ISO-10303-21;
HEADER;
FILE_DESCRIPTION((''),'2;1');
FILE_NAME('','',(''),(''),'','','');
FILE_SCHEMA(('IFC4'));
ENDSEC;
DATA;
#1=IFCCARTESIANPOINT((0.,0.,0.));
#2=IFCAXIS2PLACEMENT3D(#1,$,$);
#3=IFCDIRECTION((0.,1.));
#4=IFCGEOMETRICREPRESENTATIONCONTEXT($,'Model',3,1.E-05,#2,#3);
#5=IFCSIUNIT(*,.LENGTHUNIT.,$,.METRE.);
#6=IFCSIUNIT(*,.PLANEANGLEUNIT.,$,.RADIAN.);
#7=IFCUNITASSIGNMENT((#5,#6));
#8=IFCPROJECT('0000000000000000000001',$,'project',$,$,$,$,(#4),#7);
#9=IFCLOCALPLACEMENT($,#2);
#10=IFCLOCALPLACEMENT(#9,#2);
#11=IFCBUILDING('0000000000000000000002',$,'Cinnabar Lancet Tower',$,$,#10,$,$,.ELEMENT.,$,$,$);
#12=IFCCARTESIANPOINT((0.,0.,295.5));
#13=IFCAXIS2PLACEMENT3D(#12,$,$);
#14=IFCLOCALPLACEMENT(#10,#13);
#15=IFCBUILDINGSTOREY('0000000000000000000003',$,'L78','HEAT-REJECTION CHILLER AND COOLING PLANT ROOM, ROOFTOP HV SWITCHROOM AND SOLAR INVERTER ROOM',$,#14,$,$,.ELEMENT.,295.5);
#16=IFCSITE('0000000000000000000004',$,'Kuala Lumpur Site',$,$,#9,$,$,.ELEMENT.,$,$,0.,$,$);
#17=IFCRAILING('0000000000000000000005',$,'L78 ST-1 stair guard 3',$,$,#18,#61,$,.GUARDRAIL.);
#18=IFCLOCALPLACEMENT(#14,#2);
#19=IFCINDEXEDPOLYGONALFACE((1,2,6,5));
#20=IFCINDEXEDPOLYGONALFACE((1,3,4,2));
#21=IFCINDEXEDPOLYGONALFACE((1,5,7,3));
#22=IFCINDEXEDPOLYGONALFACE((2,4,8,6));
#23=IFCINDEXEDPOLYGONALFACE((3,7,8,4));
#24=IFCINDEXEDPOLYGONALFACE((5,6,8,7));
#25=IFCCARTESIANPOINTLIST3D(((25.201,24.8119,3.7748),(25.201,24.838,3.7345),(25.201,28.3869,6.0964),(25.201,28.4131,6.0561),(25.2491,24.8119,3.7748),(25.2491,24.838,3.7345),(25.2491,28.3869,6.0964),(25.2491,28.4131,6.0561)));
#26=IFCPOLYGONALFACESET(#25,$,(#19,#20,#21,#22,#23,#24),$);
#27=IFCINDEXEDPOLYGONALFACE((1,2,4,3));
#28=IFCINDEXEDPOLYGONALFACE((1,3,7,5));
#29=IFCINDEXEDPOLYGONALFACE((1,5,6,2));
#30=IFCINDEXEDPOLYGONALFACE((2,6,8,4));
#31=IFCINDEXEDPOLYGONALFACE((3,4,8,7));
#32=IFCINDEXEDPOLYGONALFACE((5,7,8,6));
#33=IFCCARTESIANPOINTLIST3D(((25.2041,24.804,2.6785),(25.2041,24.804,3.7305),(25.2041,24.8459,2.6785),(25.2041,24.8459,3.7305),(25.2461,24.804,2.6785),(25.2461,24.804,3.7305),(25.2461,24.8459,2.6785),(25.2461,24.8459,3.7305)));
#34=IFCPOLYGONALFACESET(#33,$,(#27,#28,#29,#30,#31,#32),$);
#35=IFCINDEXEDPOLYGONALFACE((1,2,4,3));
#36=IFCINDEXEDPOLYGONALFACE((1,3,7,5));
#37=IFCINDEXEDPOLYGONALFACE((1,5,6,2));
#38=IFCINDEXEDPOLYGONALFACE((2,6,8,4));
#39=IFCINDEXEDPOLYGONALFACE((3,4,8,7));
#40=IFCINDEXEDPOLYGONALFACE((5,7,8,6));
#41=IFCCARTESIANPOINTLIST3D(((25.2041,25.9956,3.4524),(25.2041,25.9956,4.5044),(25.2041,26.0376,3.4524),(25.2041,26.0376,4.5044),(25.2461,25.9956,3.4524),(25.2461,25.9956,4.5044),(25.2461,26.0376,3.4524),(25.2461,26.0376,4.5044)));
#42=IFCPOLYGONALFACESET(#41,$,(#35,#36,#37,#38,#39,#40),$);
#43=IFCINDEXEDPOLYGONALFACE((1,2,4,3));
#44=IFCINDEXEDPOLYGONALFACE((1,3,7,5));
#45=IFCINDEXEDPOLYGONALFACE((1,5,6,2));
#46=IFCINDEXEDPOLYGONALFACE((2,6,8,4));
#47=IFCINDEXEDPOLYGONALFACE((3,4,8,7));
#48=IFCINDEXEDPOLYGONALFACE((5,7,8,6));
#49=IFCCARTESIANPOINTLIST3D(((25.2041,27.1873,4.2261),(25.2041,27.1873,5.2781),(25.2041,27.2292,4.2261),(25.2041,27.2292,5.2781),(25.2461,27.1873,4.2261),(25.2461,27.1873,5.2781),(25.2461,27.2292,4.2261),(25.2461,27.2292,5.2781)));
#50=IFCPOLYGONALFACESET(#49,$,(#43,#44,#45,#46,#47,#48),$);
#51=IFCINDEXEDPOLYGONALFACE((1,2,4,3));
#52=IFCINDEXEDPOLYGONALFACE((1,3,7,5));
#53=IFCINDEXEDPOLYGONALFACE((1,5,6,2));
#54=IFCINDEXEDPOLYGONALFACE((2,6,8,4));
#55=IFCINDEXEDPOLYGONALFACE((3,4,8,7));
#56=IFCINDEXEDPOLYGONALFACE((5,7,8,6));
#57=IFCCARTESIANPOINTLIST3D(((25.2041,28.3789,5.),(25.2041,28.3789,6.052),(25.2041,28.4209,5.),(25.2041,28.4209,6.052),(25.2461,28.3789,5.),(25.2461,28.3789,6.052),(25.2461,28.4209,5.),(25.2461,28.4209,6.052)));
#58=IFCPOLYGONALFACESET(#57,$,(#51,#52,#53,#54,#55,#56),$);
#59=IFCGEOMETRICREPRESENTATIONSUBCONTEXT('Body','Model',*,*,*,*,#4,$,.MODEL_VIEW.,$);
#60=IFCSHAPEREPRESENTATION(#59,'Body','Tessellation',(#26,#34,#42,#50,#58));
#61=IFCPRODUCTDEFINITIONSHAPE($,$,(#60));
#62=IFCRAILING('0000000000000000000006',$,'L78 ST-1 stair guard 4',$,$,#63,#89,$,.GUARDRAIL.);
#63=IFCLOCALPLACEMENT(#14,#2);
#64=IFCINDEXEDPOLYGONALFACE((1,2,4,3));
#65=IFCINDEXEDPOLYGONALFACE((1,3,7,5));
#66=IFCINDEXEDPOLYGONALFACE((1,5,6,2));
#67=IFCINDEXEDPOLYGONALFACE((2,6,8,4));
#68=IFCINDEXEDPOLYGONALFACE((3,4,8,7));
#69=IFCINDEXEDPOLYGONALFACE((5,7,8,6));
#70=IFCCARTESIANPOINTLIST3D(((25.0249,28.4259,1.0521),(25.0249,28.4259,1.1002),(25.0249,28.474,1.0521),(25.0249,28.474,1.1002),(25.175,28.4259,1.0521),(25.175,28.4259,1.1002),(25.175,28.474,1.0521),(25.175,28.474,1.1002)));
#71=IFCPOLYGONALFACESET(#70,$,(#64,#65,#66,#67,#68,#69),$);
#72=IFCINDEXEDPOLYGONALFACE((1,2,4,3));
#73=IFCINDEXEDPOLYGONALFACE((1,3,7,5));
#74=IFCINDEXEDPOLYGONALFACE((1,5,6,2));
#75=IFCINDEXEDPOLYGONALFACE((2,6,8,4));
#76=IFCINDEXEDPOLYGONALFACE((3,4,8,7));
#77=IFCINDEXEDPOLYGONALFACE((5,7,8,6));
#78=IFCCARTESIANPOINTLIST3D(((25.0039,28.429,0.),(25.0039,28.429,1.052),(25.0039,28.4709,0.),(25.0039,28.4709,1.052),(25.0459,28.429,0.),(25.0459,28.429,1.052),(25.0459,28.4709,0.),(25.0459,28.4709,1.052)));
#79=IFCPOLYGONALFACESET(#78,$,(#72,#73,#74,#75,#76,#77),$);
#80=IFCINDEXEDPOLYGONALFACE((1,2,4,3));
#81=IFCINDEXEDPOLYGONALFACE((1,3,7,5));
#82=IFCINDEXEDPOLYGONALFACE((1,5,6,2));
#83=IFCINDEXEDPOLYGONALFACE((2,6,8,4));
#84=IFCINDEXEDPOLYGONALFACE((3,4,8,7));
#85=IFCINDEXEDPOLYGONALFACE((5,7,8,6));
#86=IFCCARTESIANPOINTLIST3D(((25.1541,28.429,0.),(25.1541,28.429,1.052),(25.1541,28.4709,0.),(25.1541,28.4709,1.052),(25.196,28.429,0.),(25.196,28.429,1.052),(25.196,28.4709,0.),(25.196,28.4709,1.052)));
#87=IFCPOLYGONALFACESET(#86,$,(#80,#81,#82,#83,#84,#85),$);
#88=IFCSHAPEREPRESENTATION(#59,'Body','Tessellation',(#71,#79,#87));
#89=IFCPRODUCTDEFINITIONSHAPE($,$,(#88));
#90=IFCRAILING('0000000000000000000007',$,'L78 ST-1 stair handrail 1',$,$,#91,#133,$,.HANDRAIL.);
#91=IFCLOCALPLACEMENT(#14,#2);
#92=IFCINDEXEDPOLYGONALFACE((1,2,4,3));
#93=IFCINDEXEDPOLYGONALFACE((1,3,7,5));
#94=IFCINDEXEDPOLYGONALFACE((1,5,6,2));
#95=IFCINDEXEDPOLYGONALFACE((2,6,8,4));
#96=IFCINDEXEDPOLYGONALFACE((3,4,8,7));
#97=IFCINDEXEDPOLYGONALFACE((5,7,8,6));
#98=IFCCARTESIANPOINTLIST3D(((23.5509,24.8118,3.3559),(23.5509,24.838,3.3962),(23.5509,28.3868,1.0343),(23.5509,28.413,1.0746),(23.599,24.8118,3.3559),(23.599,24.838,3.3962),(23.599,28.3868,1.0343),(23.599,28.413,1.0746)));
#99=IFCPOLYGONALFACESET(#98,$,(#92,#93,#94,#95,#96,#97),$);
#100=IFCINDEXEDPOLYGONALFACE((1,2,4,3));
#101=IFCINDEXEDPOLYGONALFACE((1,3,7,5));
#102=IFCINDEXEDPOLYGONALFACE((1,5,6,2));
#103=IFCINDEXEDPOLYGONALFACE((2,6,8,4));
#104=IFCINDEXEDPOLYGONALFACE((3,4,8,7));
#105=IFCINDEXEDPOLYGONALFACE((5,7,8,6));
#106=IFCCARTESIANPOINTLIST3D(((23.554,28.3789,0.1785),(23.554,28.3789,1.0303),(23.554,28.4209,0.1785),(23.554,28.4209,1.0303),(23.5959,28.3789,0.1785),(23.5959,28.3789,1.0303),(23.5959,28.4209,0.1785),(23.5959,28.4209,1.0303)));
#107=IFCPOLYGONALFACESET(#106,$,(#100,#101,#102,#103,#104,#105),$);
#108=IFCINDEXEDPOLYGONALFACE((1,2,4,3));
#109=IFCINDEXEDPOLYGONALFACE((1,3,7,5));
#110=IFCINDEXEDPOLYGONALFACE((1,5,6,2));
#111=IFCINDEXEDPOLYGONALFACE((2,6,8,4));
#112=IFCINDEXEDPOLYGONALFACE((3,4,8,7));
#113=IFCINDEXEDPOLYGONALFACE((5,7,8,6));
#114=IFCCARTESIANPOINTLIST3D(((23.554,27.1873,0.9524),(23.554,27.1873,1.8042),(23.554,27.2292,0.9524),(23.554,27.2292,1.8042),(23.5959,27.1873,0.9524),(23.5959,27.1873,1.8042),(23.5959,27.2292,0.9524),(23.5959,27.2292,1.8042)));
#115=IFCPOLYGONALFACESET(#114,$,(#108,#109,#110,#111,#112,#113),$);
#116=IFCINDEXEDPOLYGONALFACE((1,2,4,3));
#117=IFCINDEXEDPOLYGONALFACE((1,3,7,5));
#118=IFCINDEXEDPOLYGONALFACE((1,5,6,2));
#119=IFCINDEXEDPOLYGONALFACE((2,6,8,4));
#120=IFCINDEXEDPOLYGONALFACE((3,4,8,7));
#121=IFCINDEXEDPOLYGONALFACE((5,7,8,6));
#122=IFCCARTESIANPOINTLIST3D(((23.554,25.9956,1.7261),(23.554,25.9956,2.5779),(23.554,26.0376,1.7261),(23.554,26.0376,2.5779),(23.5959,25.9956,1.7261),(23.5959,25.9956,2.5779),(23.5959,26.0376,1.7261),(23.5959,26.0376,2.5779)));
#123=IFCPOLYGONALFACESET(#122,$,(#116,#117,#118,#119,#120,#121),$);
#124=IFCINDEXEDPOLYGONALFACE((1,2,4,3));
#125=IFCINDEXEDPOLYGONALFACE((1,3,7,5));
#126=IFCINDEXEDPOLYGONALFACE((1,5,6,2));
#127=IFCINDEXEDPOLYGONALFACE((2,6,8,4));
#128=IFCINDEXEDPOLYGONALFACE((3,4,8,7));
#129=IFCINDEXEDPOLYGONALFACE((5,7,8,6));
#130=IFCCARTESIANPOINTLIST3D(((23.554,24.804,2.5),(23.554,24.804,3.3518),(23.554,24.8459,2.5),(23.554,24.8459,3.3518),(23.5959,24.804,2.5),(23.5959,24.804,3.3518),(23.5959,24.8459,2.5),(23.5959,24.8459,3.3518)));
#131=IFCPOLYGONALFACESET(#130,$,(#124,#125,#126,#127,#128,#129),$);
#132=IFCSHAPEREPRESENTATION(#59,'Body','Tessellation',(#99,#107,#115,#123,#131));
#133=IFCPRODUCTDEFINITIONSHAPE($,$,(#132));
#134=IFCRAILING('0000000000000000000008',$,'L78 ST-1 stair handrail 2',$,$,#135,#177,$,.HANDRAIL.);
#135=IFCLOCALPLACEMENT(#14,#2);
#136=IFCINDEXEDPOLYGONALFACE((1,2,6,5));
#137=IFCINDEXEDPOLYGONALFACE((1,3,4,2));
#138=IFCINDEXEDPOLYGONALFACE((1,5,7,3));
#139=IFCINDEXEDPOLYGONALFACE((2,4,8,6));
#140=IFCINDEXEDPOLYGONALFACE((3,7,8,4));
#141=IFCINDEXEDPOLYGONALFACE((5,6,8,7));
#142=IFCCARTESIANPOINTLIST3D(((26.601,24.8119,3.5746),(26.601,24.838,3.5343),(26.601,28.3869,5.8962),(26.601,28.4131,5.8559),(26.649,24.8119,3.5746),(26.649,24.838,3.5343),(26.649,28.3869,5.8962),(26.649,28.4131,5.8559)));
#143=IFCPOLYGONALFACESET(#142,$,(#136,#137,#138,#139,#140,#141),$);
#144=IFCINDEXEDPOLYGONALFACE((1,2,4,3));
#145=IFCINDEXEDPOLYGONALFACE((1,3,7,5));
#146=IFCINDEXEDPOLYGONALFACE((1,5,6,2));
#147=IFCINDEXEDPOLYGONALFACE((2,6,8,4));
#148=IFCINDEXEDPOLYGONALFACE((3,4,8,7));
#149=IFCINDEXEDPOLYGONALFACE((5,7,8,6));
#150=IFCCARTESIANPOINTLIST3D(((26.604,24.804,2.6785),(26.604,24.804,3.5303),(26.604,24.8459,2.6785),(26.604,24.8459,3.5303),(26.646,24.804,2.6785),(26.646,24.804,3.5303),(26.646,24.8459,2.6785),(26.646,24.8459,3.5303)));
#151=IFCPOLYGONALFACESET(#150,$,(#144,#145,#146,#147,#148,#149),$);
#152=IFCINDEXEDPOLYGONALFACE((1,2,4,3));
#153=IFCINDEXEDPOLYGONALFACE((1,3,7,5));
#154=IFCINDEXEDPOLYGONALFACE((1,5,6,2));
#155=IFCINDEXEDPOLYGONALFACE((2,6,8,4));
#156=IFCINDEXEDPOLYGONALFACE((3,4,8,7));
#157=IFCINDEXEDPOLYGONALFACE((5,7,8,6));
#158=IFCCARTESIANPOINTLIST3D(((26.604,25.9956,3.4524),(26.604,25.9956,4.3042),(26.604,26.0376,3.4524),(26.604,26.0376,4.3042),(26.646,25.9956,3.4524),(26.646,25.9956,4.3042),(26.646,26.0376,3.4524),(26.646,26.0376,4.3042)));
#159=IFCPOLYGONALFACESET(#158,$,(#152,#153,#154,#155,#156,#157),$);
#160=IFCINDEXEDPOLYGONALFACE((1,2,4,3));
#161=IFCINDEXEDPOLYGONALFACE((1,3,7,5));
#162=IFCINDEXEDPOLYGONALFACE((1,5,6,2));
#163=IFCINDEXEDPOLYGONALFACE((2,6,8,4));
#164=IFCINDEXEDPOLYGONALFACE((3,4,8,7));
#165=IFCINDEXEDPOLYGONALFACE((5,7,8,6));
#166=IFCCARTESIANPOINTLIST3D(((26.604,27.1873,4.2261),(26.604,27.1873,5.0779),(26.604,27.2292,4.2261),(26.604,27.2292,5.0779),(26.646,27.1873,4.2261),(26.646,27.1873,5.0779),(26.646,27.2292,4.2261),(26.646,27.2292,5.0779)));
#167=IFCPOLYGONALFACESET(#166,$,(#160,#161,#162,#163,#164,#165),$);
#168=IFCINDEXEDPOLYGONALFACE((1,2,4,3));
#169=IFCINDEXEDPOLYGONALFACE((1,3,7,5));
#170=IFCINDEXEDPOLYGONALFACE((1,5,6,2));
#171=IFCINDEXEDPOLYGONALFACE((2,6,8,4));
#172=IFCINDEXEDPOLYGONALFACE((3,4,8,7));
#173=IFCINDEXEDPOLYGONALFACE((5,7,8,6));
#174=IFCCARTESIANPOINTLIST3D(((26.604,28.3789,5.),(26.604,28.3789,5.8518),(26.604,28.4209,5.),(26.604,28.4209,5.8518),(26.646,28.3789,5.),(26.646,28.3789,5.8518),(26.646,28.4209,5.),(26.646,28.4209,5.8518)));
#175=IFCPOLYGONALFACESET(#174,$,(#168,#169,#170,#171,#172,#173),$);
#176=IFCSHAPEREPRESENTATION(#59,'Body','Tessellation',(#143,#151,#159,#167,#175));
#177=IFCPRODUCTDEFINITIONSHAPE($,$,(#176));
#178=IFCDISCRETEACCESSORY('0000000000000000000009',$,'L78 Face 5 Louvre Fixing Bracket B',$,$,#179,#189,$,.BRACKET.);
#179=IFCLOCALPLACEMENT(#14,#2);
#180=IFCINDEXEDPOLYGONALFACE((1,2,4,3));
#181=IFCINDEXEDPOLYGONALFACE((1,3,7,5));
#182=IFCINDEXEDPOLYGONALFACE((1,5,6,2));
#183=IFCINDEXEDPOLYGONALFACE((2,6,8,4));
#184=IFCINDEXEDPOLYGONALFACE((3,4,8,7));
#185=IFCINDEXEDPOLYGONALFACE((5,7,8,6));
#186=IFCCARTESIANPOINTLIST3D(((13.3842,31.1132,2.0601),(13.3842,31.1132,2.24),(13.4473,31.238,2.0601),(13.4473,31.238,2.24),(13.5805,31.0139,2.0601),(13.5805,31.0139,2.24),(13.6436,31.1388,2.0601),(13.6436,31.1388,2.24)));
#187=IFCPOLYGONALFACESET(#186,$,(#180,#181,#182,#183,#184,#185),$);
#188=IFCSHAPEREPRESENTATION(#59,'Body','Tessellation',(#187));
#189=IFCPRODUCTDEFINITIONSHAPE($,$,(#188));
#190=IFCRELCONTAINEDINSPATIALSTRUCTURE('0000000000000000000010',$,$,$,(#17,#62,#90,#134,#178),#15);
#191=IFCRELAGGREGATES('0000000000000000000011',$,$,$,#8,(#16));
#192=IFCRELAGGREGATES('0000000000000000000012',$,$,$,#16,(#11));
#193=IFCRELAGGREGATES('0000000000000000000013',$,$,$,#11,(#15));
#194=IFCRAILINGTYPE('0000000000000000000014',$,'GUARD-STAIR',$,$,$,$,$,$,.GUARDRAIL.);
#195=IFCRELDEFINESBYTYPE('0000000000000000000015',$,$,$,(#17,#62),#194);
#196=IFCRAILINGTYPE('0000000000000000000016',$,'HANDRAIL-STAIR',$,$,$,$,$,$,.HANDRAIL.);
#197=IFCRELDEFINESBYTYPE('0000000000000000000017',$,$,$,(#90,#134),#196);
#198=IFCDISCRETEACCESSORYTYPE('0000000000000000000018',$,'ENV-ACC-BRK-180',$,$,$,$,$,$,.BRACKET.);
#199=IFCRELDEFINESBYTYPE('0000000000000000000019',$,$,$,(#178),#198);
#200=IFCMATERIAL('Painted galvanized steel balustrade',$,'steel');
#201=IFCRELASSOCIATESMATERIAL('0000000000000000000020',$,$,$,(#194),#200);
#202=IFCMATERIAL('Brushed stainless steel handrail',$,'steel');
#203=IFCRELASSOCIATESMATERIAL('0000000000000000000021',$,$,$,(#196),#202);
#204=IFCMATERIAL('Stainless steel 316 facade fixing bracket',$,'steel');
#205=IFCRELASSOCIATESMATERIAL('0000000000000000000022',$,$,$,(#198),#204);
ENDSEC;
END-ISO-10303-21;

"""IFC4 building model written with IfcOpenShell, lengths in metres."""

from ifc_helpers import new_model, si_unit, direction, frame, origin, origin_2d, place, context, subcontext, project, spatial, rectangle, extrude, material, type_object, element, save


model = new_model("IFC4")

# Units and contexts
model_context = context("Model", 3, precision=1e-05, world=origin(), true_north=direction((0.0, 1.0)))
body_context = subcontext(model_context, "Body", "Model", "MODEL_VIEW")
ifc_project = project(units=[si_unit("LENGTHUNIT", "METRE"), si_unit("PLANEANGLEUNIT", "RADIAN")], contexts=[model_context])

# Site, building, storey
site_placement = place(None, origin())
site = spatial("IfcSite", under=ifc_project, at=site_placement, Name="Kuala Lumpur Site", CompositionType="ELEMENT", RefElevation=0.0)
building_placement = place(site_placement, origin())
building = spatial("IfcBuilding", under=site, at=building_placement, Name="Cinnabar Lancet Tower", CompositionType="ELEMENT")
storey_placement = place(building_placement, frame((0.0, 0.0, 295.5)))
storey = spatial("IfcBuildingStorey", under=building, at=storey_placement, Name="L78", Description="HEAT-REJECTION CHILLER AND COOLING PLANT ROOM, ROOFTOP HV SWITCHROOM AND SOLAR INVERTER ROOM", CompositionType="ELEMENT", Elevation=295.5)

# Railings
ifc_material_1 = material(Name="Painted galvanized steel balustrade", Category="steel")
railing_type_1 = type_object("IfcRailingType", Name="GUARD-STAIR", PredefinedType="GUARDRAIL", material=ifc_material_1)
railing_1_placement = place(storey_placement, frame((25.2251, 24.825, 2.6785)))
element("IfcRailing", 1, at=railing_1_placement, inside=storey, type_object=railing_type_1, Name="L78 ST-1 stair guard 3", PredefinedType="GUARDRAIL", context=body_context, shape_type="SweptSolid", body=[
    extrude(rectangle(XDim=0.0481, YDim=0.0481, at=origin_2d()), frame((0.0, 0.0, 1.0762), z_axis=(0.0, 0.838678, 0.544628), x_axis=(-1.0, 0.0, 0.0)), (0.0, 0.0, 1.0), 4.2627),
    extrude(rectangle(XDim=0.042, YDim=0.042, at=origin_2d()), origin(), (0.0, 0.0, 1.0), 1.052),
    extrude(rectangle(XDim=0.042, YDim=0.042, at=origin_2d()), frame((0.0, 1.1917, 0.7739)), (0.0, 0.0, 1.0), 1.052),
    extrude(rectangle(XDim=0.042, YDim=0.042, at=origin_2d()), frame((0.0, 2.3833, 1.5476)), (0.0, 0.0, 1.0), 1.052),
    extrude(rectangle(XDim=0.042, YDim=0.042, at=origin_2d()), frame((0.0, 3.575, 2.3215)), (0.0, 0.0, 1.0), 1.052),
])
railing_2_placement = place(storey_placement, frame((25.0249, 28.45, 0.0)))
element("IfcRailing", 2, at=railing_2_placement, inside=storey, type_object=railing_type_1, Name="L78 ST-1 stair guard 4", PredefinedType="GUARDRAIL", context=body_context, shape_type="SweptSolid", body=[
    extrude(rectangle(XDim=0.0481, YDim=0.0481, at=origin_2d()), frame((0.0, 0.0, 1.0762), z_axis=(1.0, 0.0, 0.0), x_axis=(0.0, 1.0, 0.0)), (0.0, 0.0, 1.0), 0.1501),
    extrude(rectangle(XDim=0.042, YDim=0.042, at=origin_2d()), origin(), (0.0, 0.0, 1.0), 1.052),
    extrude(rectangle(XDim=0.042, YDim=0.042, at=origin_2d()), frame((0.1501, 0.0, 0.0)), (0.0, 0.0, 1.0), 1.052),
])
ifc_material_2 = material(Name="Brushed stainless steel handrail", Category="steel")
railing_type_2 = type_object("IfcRailingType", Name="HANDRAIL-STAIR", PredefinedType="HANDRAIL", material=ifc_material_2)
railing_3_placement = place(storey_placement, frame((23.575, 28.3999, 0.1785)))
element("IfcRailing", 3, at=railing_3_placement, inside=storey, type_object=railing_type_2, Name="L78 ST-1 stair handrail 1", PredefinedType="HANDRAIL", context=body_context, shape_type="SweptSolid", body=[
    extrude(rectangle(XDim=0.0481, YDim=0.0481, at=origin_2d()), frame((0.0, 0.0, 0.876), z_axis=(0.0, -0.838678, 0.544628), x_axis=(1.0, 0.0, 0.0)), (0.0, 0.0, 1.0), 4.2627),
    extrude(rectangle(XDim=0.042, YDim=0.042, at=origin_2d()), origin(), (0.0, 0.0, 1.0), 0.8518),
    extrude(rectangle(XDim=0.042, YDim=0.042, at=origin_2d()), frame((0.0, -1.1917, 0.7739)), (0.0, 0.0, 1.0), 0.8518),
    extrude(rectangle(XDim=0.042, YDim=0.042, at=origin_2d()), frame((0.0, -2.3833, 1.5476)), (0.0, 0.0, 1.0), 0.8518),
    extrude(rectangle(XDim=0.042, YDim=0.042, at=origin_2d()), frame((0.0, -3.575, 2.3215)), (0.0, 0.0, 1.0), 0.8518),
])
railing_4_placement = place(storey_placement, frame((26.625, 24.825, 2.6785)))
element("IfcRailing", 4, at=railing_4_placement, inside=storey, type_object=railing_type_2, Name="L78 ST-1 stair handrail 2", PredefinedType="HANDRAIL", context=body_context, shape_type="SweptSolid", body=[
    extrude(rectangle(XDim=0.0481, YDim=0.0481, at=origin_2d()), frame((0.0, 0.0, 0.876), z_axis=(0.0, 0.838678, 0.544628), x_axis=(-1.0, 0.0, 0.0)), (0.0, 0.0, 1.0), 4.2627),
    extrude(rectangle(XDim=0.042, YDim=0.042, at=origin_2d()), origin(), (0.0, 0.0, 1.0), 0.8518),
    extrude(rectangle(XDim=0.042, YDim=0.042, at=origin_2d()), frame((0.0, 1.1917, 0.7739)), (0.0, 0.0, 1.0), 0.8518),
    extrude(rectangle(XDim=0.042, YDim=0.042, at=origin_2d()), frame((0.0, 2.3833, 1.5476)), (0.0, 0.0, 1.0), 0.8518),
    extrude(rectangle(XDim=0.042, YDim=0.042, at=origin_2d()), frame((0.0, 3.575, 2.3215)), (0.0, 0.0, 1.0), 0.8518),
])

# Discrete accessory
ifc_material_3 = material(Name="Stainless steel 316 facade fixing bracket", Category="steel")
discrete_accessory_type = type_object("IfcDiscreteAccessoryType", Name="ENV-ACC-BRK-180", PredefinedType="BRACKET", material=ifc_material_3)
discrete_accessory_placement = place(storey_placement, frame((13.5139, 31.126, 2.0601), z_axis=(0.0, 0.0, 1.0), x_axis=(-0.451329, -0.892357, 0.0)))
element("IfcDiscreteAccessory", 5, at=discrete_accessory_placement, inside=storey, type_object=discrete_accessory_type, Name="L78 Face 5 Louvre Fixing Bracket B", PredefinedType="BRACKET", context=body_context, shape_type="SweptSolid", body=[
    extrude(rectangle(XDim=0.1399, YDim=0.22, at=origin_2d()), origin(), (0.0, 0.0, 1.0), 0.1799),
])

save(model, "model.ifc")
